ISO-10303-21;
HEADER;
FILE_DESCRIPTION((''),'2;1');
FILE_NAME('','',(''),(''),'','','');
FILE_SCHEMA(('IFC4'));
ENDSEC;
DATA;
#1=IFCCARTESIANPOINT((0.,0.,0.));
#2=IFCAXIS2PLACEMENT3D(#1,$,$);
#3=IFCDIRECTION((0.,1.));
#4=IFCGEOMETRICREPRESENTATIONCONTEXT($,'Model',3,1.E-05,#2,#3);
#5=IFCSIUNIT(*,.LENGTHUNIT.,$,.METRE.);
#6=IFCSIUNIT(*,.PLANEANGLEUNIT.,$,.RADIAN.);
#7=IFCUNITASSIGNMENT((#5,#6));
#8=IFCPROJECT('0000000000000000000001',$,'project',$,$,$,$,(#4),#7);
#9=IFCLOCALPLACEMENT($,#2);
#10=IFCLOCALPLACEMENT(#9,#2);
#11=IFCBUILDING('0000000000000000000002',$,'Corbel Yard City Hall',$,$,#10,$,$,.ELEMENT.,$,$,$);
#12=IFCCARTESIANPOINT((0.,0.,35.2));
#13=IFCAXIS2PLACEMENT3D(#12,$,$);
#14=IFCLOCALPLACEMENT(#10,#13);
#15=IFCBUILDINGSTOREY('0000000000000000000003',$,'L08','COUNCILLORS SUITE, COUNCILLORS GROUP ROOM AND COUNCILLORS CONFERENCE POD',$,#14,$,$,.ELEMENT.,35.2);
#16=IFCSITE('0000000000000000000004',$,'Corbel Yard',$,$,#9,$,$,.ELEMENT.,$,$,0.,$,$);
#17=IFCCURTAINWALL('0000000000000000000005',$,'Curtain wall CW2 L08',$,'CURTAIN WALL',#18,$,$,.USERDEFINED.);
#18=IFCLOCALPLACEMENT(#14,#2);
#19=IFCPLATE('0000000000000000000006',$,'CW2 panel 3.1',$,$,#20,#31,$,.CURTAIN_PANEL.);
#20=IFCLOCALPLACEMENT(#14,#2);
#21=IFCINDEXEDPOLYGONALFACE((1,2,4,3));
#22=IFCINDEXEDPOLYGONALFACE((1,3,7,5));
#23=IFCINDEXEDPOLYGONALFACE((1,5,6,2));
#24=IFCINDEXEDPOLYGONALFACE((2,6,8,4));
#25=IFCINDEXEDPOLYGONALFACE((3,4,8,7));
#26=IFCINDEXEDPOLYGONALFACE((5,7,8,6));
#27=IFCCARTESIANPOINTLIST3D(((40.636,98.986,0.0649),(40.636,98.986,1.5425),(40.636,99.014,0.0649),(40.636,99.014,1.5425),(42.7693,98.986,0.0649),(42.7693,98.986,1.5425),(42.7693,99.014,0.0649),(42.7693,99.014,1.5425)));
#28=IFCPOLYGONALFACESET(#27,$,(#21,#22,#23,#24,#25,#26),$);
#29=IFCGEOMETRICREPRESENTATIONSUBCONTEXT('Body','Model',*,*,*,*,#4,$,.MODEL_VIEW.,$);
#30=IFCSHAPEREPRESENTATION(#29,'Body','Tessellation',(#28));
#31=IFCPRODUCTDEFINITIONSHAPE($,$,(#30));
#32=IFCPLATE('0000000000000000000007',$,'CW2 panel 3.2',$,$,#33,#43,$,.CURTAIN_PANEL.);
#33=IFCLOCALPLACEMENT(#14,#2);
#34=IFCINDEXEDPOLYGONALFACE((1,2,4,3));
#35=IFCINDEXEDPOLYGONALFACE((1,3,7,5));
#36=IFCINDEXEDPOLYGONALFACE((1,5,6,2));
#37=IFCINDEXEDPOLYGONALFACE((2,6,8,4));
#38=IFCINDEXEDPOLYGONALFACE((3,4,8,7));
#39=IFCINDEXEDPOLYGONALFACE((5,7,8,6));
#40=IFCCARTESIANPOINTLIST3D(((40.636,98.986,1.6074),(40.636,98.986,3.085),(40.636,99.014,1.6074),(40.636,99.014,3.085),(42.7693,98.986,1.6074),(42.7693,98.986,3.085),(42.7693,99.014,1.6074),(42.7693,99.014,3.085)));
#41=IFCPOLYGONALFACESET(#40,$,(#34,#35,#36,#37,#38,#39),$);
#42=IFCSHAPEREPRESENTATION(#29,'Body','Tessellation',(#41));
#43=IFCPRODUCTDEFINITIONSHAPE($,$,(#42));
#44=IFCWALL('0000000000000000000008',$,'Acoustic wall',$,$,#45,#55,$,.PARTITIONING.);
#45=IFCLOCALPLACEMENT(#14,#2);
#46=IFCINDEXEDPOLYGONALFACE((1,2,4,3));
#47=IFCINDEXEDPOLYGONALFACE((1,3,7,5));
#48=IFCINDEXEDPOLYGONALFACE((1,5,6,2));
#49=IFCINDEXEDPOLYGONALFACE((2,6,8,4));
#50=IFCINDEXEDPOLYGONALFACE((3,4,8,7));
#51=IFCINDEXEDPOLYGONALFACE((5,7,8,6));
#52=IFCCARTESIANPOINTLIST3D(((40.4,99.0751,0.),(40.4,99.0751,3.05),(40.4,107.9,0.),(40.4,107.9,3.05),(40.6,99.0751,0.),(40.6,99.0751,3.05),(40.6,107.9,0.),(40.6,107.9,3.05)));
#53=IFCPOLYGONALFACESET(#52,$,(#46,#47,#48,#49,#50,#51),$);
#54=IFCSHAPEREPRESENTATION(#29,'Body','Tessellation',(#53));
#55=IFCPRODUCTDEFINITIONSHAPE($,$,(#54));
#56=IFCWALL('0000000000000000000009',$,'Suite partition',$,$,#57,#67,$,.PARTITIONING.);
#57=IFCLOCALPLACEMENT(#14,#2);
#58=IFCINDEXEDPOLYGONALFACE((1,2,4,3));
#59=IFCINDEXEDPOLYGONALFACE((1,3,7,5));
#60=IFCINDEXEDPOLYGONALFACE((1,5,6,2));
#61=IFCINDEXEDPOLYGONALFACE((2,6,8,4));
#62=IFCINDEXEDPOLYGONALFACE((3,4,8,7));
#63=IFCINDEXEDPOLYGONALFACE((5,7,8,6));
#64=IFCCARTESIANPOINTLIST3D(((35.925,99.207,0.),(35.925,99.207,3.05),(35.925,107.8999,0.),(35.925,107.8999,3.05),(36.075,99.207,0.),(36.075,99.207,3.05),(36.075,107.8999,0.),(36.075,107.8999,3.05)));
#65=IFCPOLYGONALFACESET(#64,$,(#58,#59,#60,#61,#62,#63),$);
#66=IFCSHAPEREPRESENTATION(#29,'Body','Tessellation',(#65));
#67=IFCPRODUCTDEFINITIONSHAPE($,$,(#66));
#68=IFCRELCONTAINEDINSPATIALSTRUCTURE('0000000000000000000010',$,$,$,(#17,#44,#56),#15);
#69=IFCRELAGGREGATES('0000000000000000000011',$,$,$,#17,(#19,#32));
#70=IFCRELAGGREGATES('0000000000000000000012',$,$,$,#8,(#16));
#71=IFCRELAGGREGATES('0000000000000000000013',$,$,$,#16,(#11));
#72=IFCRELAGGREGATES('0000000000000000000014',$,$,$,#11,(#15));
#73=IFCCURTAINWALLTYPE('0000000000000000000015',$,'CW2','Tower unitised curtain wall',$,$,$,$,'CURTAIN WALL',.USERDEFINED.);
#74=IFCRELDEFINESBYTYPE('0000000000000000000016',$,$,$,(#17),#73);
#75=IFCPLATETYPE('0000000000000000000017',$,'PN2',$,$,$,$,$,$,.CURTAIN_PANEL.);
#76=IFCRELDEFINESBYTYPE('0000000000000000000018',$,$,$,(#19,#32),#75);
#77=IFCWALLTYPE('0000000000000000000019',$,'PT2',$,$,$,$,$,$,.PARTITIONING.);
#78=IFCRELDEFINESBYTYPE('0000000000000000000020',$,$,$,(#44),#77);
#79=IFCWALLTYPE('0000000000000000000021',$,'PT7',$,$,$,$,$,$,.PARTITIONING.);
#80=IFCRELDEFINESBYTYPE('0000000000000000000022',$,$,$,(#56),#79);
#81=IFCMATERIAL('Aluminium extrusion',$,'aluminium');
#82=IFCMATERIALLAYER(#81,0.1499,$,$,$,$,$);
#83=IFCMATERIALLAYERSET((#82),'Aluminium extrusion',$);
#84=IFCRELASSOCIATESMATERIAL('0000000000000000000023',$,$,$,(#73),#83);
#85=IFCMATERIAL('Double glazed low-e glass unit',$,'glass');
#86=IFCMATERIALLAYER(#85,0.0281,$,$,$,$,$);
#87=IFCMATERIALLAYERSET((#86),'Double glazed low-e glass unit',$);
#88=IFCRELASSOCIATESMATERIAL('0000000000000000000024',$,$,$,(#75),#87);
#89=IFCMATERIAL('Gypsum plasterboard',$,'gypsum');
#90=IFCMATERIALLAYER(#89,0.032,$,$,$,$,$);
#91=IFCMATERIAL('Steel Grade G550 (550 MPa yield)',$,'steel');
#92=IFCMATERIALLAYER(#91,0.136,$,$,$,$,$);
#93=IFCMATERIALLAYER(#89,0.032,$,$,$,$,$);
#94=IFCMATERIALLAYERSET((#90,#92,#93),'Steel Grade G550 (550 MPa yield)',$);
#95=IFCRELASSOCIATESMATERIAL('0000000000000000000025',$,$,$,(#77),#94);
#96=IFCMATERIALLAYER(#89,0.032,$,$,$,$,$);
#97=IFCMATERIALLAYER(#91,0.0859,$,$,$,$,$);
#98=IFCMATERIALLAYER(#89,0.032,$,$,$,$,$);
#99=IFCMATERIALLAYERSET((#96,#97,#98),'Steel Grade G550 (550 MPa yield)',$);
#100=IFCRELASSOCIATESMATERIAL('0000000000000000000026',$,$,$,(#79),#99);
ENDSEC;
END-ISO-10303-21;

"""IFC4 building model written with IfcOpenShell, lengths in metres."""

from ifc_helpers import new_model, si_unit, direction, frame, frame_2d, origin, origin_2d, place, context, subcontext, project, spatial, rectangle, extrude, material, layer, layer_set, type_object, element, aggregate, save


model = new_model("IFC4")

# Units and contexts
model_context = context("Model", 3, precision=1e-05, world=origin(), true_north=direction((0.0, 1.0)))
body_context = subcontext(model_context, "Body", "Model", "MODEL_VIEW")
ifc_project = project(units=[si_unit("LENGTHUNIT", "METRE"), si_unit("PLANEANGLEUNIT", "RADIAN")], contexts=[model_context])

# Site, building, storey
site_placement = place(None, origin())
site = spatial("IfcSite", under=ifc_project, at=site_placement, Name="Corbel Yard", CompositionType="ELEMENT", RefElevation=0.0)
building_placement = place(site_placement, origin())
building = spatial("IfcBuilding", under=site, at=building_placement, Name="Corbel Yard City Hall", CompositionType="ELEMENT")
storey_placement = place(building_placement, frame((0.0, 0.0, 35.2)))
storey = spatial("IfcBuildingStorey", under=building, at=storey_placement, Name="L08", Description="COUNCILLORS SUITE, COUNCILLORS GROUP ROOM AND COUNCILLORS CONFERENCE POD", CompositionType="ELEMENT", Elevation=35.2)

# Curtain wall, plates
ifc_material_1 = material(Name="Aluminium extrusion", Category="aluminium")
ifc_layer_1 = layer(ifc_material_1, 0.1499)
ifc_layer_set_1 = layer_set([ifc_layer_1], Name="Aluminium extrusion")
curtain_wall_type = type_object("IfcCurtainWallType", Name="CW2", Description="Tower unitised curtain wall", ElementType="CURTAIN WALL", PredefinedType="USERDEFINED", material=ifc_layer_set_1)
curtain_wall_placement = place(storey_placement, origin())
curtain_wall = element("IfcCurtainWall", 1, at=curtain_wall_placement, inside=storey, type_object=curtain_wall_type, Name="Curtain wall CW2 L08", ObjectType="CURTAIN WALL", PredefinedType="USERDEFINED")
ifc_material_2 = material(Name="Double glazed low-e glass unit", Category="glass")
ifc_layer_2 = layer(ifc_material_2, 0.0281)
ifc_layer_set_2 = layer_set([ifc_layer_2], Name="Double glazed low-e glass unit")
plate_type = type_object("IfcPlateType", Name="PN2", PredefinedType="CURTAIN_PANEL", material=ifc_layer_set_2)
plate_1_placement = place(storey_placement, frame((41.7026, 99.0, 0.0649), z_axis=(0.0, 0.0, 1.0), x_axis=(1.0, 0.0, 0.0)))
plate_1 = element("IfcPlate", 2, at=plate_1_placement, type_object=plate_type, Name="CW2 panel 3.1", PredefinedType="CURTAIN_PANEL", context=body_context, shape_type="SweptSolid", body=[
    extrude(rectangle(XDim=2.1333, YDim=0.0281, at=origin_2d()), origin(), (0.0, 0.0, 1.0), 1.4775),
])
plate_2_placement = place(storey_placement, frame((41.7026, 99.0, 1.6074), z_axis=(0.0, 0.0, 1.0), x_axis=(1.0, 0.0, 0.0)))
plate_2 = element("IfcPlate", 3, at=plate_2_placement, type_object=plate_type, Name="CW2 panel 3.2", PredefinedType="CURTAIN_PANEL", context=body_context, shape_type="SweptSolid", body=[
    extrude(rectangle(XDim=2.1333, YDim=0.0281, at=origin_2d()), origin(), (0.0, 0.0, 1.0), 1.4775),
])
aggregate(curtain_wall, [plate_1, plate_2])

# Walls
ifc_material_3 = material(Name="Gypsum plasterboard", Category="gypsum")
ifc_layer_3 = layer(ifc_material_3, 0.032)
ifc_material_4 = material(Name="Steel Grade G550 (550 MPa yield)", Category="steel")
ifc_layer_4 = layer(ifc_material_4, 0.136)
ifc_layer_5 = layer(ifc_material_3, 0.032)
ifc_layer_set_3 = layer_set([ifc_layer_3, ifc_layer_4, ifc_layer_5], Name="Steel Grade G550 (550 MPa yield)")
wall_type_1 = type_object("IfcWallType", Name="PT2", PredefinedType="PARTITIONING", material=ifc_layer_set_3)
wall_1_placement = place(storey_placement, frame((40.5, 99.075, 0.0), z_axis=(0.0, 0.0, 1.0), x_axis=(0.0, 1.0, 0.0)))
element("IfcWall", 4, at=wall_1_placement, inside=storey, type_object=wall_type_1, Name="Acoustic wall", PredefinedType="PARTITIONING", context=body_context, shape_type="SweptSolid", body=[
    extrude(rectangle(XDim=8.825, YDim=0.2, at=frame_2d((4.4126, 0.0))), origin(), (0.0, 0.0, 1.0), 3.05),
])
ifc_layer_6 = layer(ifc_material_3, 0.032)
ifc_layer_7 = layer(ifc_material_4, 0.0859)
ifc_layer_8 = layer(ifc_material_3, 0.032)
ifc_layer_set_4 = layer_set([ifc_layer_6, ifc_layer_7, ifc_layer_8], Name="Steel Grade G550 (550 MPa yield)")
wall_type_2 = type_object("IfcWallType", Name="PT7", PredefinedType="PARTITIONING", material=ifc_layer_set_4)
wall_2_placement = place(storey_placement, frame((36.0, 99.207, 0.0), z_axis=(0.0, 0.0, 1.0), x_axis=(0.0, 1.0, 0.0)))
element("IfcWall", 5, at=wall_2_placement, inside=storey, type_object=wall_type_2, Name="Suite partition", PredefinedType="PARTITIONING", context=body_context, shape_type="SweptSolid", body=[
    extrude(rectangle(XDim=8.6929, YDim=0.1499, at=frame_2d((4.3464, 0.0))), origin(), (0.0, 0.0, 1.0), 3.05),
])

save(model, "model.ifc")
